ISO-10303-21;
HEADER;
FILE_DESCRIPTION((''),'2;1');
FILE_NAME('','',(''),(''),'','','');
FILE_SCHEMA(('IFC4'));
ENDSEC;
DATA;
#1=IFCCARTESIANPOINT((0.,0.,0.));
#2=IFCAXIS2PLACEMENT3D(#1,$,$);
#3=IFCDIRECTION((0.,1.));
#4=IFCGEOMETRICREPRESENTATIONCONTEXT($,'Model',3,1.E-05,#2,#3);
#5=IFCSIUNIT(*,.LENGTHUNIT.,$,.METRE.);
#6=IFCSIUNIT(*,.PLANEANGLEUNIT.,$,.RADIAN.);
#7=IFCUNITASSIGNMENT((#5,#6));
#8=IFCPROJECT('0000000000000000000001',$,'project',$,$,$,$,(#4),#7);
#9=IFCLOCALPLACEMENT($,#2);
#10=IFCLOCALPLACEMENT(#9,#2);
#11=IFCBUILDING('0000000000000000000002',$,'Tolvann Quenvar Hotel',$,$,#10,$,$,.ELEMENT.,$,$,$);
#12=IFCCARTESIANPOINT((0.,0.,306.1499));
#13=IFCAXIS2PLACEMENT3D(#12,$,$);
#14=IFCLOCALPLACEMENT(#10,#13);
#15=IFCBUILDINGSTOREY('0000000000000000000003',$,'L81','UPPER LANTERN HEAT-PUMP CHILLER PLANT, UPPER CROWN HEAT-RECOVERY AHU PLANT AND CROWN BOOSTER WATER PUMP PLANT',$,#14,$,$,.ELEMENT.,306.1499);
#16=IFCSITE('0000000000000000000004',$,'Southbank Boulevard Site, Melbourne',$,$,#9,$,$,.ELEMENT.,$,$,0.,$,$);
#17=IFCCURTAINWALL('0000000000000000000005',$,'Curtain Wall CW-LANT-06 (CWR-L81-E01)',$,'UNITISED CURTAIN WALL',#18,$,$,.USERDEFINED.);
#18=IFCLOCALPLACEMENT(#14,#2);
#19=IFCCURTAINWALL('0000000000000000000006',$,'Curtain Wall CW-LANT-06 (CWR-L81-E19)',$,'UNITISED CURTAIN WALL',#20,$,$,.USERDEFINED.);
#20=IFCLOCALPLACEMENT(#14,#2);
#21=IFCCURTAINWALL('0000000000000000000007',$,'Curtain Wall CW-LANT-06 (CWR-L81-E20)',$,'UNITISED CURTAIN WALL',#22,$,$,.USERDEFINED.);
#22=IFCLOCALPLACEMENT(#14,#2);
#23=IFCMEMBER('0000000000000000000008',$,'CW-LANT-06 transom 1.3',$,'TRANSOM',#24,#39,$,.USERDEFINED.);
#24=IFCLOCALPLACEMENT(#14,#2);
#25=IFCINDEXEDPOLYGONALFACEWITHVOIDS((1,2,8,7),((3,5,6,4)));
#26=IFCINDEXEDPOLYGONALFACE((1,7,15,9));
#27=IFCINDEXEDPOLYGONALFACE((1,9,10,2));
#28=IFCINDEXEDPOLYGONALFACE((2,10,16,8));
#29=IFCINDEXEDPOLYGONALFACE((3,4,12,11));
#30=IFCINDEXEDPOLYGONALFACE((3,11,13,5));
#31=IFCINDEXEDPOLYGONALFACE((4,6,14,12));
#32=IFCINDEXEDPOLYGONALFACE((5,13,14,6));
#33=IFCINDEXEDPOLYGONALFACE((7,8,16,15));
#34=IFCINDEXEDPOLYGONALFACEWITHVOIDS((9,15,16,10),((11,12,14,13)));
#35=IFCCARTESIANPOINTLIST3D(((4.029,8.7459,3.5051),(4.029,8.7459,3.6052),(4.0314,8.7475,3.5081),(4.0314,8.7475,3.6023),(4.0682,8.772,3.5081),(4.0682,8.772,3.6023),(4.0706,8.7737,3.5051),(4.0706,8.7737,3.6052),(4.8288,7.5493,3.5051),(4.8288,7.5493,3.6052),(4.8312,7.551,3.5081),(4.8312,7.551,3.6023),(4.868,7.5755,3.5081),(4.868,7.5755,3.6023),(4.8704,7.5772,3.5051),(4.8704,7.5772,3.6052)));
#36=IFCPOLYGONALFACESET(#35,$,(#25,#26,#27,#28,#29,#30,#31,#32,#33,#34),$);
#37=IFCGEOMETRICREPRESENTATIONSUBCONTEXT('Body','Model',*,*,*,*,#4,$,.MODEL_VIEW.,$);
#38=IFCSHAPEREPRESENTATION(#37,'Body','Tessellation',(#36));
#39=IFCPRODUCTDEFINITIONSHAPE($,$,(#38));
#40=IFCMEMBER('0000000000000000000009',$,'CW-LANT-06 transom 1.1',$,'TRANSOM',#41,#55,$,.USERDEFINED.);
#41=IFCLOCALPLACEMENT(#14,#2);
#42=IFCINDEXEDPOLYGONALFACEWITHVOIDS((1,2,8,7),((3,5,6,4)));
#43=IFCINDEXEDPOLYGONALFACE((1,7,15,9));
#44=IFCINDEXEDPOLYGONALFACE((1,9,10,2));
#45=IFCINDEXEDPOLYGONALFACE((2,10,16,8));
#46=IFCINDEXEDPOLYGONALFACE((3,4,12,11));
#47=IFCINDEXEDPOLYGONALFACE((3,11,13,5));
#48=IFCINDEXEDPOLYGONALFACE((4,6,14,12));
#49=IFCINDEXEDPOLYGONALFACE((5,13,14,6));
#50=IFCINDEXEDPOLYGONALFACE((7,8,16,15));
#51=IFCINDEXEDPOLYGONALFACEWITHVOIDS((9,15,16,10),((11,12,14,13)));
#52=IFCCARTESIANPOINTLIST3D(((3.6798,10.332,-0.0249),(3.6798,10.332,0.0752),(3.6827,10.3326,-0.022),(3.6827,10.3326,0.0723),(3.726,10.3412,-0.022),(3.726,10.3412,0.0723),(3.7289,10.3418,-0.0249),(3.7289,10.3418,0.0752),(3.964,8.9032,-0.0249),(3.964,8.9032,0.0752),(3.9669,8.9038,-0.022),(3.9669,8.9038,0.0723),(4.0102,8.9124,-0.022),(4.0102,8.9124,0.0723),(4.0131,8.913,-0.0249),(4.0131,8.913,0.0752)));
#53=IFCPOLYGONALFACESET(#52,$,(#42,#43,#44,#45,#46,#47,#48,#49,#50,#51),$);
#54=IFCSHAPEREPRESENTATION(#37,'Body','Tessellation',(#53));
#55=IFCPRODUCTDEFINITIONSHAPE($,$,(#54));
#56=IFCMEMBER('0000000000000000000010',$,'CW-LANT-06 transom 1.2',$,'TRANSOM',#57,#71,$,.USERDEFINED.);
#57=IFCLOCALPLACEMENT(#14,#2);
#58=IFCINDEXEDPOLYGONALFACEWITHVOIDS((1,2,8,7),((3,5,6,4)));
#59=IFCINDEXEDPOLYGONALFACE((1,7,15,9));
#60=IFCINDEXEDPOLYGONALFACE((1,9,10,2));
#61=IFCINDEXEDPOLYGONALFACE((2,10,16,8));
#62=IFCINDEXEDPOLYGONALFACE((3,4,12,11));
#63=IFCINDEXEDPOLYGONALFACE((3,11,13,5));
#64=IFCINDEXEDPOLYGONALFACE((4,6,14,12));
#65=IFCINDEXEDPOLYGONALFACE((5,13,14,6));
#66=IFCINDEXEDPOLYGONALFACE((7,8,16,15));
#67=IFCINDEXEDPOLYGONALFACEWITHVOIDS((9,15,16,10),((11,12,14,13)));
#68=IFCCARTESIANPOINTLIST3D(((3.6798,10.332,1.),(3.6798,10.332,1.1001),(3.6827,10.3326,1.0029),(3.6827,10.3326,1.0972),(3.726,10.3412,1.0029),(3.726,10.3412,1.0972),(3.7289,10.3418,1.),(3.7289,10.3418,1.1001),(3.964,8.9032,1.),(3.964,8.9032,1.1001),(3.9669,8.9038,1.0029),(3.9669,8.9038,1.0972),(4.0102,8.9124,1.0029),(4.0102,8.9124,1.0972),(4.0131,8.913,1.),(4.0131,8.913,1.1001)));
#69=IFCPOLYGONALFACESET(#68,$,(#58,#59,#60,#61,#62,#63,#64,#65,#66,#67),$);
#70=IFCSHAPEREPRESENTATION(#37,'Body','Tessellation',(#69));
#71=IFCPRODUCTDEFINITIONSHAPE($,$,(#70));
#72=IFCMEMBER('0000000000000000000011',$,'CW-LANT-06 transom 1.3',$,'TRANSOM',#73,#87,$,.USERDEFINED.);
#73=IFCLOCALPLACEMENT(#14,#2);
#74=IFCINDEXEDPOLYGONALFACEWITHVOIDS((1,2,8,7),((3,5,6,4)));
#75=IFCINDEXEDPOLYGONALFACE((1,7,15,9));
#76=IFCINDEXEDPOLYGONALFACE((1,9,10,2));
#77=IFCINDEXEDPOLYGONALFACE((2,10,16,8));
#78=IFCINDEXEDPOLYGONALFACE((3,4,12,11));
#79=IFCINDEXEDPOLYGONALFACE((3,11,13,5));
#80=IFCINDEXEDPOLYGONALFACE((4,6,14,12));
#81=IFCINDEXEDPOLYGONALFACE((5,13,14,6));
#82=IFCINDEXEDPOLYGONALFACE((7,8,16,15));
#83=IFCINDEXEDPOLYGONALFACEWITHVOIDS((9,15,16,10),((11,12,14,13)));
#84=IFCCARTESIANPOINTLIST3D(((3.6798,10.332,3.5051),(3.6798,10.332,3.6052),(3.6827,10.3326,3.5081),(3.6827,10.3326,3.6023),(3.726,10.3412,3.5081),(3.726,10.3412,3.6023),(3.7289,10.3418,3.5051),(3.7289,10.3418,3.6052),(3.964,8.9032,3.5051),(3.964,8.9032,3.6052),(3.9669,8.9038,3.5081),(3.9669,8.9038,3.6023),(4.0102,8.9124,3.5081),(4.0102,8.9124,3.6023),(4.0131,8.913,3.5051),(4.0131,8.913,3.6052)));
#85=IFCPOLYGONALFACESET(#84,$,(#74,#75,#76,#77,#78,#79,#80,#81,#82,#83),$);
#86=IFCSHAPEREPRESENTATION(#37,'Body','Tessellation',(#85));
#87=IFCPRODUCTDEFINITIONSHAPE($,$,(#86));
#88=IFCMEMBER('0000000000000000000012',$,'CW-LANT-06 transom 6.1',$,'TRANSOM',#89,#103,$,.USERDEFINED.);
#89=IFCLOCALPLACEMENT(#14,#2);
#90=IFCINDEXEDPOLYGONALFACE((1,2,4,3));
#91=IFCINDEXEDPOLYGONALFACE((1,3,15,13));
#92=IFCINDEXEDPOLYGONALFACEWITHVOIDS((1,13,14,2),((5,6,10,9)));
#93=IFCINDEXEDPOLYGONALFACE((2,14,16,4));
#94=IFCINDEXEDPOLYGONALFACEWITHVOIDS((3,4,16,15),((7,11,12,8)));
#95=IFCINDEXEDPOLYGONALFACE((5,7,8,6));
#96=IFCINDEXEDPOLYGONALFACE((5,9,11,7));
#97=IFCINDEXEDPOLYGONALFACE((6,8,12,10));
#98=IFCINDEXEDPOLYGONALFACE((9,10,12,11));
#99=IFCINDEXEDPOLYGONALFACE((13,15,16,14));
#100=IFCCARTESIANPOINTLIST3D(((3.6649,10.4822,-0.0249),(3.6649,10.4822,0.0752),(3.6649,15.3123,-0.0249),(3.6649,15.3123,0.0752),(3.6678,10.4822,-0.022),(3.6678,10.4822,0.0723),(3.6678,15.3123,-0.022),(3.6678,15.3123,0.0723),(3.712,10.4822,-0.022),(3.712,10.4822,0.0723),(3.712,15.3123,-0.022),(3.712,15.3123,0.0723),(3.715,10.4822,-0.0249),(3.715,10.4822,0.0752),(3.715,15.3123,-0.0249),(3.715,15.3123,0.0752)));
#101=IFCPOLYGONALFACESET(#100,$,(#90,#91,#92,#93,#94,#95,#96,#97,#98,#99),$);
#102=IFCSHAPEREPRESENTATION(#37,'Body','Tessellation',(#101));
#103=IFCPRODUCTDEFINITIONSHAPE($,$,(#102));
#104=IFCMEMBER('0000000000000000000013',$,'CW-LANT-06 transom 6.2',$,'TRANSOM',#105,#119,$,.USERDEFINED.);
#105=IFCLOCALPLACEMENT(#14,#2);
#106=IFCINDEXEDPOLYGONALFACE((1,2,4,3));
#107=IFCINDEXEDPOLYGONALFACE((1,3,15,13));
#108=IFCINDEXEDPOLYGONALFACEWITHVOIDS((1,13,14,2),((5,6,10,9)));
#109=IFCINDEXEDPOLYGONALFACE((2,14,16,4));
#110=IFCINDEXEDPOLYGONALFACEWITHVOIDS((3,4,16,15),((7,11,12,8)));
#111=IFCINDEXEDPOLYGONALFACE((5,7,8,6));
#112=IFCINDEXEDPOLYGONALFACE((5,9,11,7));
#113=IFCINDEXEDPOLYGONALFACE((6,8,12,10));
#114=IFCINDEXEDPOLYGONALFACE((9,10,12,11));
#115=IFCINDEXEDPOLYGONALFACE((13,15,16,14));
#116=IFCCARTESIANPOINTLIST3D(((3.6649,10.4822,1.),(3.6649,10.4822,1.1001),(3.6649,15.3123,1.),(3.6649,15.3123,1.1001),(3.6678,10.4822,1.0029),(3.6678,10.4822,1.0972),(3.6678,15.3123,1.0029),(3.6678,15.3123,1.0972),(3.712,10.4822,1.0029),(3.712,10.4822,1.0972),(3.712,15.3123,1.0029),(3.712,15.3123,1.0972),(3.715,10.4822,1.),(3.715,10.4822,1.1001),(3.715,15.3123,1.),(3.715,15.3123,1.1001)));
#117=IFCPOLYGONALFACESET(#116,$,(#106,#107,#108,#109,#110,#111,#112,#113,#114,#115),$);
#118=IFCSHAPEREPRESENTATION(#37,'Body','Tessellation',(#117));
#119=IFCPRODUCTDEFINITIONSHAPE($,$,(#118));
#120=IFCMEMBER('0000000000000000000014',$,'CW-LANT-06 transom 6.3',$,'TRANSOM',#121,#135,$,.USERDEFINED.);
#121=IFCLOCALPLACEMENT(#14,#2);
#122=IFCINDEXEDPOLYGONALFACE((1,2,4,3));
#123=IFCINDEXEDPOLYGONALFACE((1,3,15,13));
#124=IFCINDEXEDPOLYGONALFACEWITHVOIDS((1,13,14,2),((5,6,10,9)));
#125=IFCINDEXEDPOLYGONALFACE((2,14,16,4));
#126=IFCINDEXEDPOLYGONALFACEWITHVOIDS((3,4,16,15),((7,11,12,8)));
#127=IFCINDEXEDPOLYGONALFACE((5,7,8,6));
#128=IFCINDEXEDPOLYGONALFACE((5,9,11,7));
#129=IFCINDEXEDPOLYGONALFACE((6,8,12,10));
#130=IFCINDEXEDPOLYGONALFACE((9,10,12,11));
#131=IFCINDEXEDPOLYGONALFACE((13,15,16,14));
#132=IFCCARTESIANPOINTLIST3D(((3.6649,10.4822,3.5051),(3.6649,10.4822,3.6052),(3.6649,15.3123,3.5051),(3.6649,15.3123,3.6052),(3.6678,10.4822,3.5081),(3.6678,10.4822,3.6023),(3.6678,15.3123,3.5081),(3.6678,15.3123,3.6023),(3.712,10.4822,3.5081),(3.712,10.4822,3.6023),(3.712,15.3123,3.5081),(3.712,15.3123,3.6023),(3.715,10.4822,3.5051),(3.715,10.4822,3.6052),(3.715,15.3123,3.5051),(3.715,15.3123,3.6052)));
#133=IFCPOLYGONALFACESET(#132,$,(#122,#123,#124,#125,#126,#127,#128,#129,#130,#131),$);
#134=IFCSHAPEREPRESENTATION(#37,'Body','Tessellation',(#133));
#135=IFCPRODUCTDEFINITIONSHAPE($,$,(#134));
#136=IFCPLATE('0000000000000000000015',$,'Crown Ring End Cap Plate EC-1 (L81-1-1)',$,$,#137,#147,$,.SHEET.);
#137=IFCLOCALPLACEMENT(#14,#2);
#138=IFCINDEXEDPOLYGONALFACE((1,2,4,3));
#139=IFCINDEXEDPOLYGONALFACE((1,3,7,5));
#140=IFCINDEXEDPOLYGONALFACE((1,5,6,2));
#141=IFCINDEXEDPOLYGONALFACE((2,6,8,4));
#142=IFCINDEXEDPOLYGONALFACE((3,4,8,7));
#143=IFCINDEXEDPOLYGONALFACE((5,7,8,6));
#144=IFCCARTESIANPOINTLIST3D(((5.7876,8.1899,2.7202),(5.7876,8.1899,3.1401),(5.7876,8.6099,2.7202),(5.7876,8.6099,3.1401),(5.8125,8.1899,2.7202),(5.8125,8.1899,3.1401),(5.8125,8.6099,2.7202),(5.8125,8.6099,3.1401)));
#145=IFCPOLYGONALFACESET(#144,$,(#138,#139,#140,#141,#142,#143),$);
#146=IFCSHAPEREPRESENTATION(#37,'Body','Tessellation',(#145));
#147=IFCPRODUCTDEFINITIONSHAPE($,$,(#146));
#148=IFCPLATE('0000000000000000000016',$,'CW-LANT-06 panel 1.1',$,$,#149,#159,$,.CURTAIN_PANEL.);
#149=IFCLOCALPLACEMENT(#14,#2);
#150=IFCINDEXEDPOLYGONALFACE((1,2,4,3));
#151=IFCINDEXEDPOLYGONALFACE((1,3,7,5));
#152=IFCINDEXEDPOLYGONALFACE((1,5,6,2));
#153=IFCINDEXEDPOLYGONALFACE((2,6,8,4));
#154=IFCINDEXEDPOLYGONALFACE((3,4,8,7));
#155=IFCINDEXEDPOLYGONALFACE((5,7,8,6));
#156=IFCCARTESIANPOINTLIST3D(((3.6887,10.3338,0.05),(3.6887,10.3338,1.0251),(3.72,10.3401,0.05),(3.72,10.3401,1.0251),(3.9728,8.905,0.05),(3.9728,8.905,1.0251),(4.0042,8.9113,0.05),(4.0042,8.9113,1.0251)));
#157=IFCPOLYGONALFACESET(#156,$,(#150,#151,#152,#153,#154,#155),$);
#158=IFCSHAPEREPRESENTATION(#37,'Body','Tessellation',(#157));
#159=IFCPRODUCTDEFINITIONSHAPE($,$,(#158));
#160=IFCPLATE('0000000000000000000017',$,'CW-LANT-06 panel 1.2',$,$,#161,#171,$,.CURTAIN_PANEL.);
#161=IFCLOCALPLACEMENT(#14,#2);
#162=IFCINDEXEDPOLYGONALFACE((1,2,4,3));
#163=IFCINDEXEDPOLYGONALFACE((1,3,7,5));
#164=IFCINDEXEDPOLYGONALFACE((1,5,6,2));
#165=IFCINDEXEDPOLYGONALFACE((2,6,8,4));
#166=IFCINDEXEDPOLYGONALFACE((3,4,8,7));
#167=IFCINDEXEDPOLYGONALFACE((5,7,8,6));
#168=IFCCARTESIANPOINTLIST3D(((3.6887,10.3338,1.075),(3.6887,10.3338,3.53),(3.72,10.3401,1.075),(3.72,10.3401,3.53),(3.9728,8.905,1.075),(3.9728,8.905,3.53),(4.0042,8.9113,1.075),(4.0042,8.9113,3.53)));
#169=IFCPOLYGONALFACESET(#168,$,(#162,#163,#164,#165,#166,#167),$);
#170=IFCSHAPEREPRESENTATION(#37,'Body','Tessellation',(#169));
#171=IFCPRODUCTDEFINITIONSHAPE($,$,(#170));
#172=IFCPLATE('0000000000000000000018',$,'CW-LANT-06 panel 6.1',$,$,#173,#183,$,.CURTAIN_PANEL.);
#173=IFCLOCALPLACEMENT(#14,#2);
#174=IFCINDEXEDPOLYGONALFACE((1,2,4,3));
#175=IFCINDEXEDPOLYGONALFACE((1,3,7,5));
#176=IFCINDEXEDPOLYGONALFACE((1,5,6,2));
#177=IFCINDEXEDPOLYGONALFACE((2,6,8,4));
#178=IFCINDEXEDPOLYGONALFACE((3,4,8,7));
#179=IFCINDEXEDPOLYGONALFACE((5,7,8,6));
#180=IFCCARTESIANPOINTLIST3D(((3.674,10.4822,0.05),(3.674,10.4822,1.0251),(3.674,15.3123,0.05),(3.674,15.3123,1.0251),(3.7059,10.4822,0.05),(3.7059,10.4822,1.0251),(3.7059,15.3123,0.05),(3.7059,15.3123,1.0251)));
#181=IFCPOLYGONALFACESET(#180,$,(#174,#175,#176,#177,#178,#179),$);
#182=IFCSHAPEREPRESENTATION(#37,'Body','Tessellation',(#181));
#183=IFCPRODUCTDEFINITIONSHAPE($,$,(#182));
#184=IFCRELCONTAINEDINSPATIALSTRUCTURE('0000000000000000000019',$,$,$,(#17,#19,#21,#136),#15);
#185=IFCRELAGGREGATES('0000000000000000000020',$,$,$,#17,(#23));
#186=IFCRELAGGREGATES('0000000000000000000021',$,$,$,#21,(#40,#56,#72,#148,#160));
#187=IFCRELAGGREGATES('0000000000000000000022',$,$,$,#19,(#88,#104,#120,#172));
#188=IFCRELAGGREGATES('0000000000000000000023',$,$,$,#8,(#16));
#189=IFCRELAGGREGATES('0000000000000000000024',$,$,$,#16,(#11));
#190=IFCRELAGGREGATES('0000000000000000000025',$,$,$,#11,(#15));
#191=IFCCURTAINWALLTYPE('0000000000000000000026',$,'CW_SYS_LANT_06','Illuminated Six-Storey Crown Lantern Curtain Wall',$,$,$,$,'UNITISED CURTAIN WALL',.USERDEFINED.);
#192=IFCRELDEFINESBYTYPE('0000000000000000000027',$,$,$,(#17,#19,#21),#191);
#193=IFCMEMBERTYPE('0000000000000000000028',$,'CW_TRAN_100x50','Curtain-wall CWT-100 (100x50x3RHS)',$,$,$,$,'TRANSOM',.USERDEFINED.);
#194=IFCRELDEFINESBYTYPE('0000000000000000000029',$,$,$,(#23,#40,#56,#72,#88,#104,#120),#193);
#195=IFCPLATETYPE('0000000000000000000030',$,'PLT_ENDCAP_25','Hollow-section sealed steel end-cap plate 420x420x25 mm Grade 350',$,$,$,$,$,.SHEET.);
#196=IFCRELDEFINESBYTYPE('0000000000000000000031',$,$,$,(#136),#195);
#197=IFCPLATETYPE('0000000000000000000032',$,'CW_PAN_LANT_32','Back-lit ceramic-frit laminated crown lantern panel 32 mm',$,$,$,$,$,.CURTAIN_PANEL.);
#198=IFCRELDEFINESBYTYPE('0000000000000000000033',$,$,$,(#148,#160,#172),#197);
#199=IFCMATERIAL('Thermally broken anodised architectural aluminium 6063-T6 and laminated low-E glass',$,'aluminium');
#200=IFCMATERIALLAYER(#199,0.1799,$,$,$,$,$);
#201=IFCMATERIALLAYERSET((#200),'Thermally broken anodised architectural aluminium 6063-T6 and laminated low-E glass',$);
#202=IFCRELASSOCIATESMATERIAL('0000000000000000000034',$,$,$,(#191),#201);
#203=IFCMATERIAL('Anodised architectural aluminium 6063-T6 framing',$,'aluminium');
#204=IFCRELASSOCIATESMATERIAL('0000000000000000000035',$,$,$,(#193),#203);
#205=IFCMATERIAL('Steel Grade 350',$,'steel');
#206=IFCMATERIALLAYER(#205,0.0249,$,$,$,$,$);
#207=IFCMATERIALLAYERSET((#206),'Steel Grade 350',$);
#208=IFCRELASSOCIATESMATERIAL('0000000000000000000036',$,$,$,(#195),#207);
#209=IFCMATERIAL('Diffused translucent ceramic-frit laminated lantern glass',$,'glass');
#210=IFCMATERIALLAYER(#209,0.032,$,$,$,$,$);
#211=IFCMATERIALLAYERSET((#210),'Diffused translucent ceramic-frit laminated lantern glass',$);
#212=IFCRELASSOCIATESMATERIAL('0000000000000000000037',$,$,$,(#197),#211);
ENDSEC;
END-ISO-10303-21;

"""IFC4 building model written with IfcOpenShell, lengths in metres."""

from ifc_helpers import new_model, si_unit, direction, frame, origin, origin_2d, place, context, subcontext, project, spatial, rectangle, hollow_rectangle, extrude, source, transform, mapped, material, layer, layer_set, material_profile, profile_set, type_object, type_shapes, element, aggregate, save


model = new_model("IFC4")

# Units and contexts
model_context = context("Model", 3, precision=1e-05, world=origin(), true_north=direction((0.0, 1.0)))
body_context = subcontext(model_context, "Body", "Model", "MODEL_VIEW")
ifc_project = project(units=[si_unit("LENGTHUNIT", "METRE"), si_unit("PLANEANGLEUNIT", "RADIAN")], contexts=[model_context])

# Site, building, storey
site_placement = place(None, origin())
site = spatial("IfcSite", under=ifc_project, at=site_placement, Name="Southbank Boulevard Site, Melbourne", CompositionType="ELEMENT", RefElevation=0.0)
building_placement = place(site_placement, origin())
building = spatial("IfcBuilding", under=site, at=building_placement, Name="Tolvann Quenvar Hotel", CompositionType="ELEMENT")
storey_placement = place(building_placement, frame((0.0, 0.0, 306.1499)))
storey = spatial("IfcBuildingStorey", under=building, at=storey_placement, Name="L81", Description="UPPER LANTERN HEAT-PUMP CHILLER PLANT, UPPER CROWN HEAT-RECOVERY AHU PLANT AND CROWN BOOSTER WATER PUMP PLANT", CompositionType="ELEMENT", Elevation=306.1499)

# Shared definitions
ifc_material_1 = material(Name="Steel Grade 350", Category="steel")

# Curtain wall
ifc_material_2 = material(Name="Thermally broken anodised architectural aluminium 6063-T6 and laminated low-E glass", Category="aluminium")
ifc_layer_1 = layer(ifc_material_2, 0.1799)
ifc_layer_set_1 = layer_set([ifc_layer_1], Name="Thermally broken anodised architectural aluminium 6063-T6 and laminated low-E glass")
curtain_wall_type = type_object("IfcCurtainWallType", Name="CW_SYS_LANT_06", Description="Illuminated Six-Storey Crown Lantern Curtain Wall", ElementType="UNITISED CURTAIN WALL", PredefinedType="USERDEFINED", material=ifc_layer_set_1)
curtain_wall_1_placement = place(storey_placement, origin())
curtain_wall_1 = element("IfcCurtainWall", 1, at=curtain_wall_1_placement, inside=storey, type_object=curtain_wall_type, Name="Curtain Wall CW-LANT-06 (CWR-L81-E01)", ObjectType="UNITISED CURTAIN WALL", PredefinedType="USERDEFINED")
ifc_material_3 = material(Name="Anodised architectural aluminium 6063-T6 framing", Category="aluminium")

# Curtain walls
curtain_wall_2_placement = place(storey_placement, origin())
curtain_wall_2 = element("IfcCurtainWall", 2, at=curtain_wall_2_placement, inside=storey, type_object=curtain_wall_type, Name="Curtain Wall CW-LANT-06 (CWR-L81-E19)", ObjectType="UNITISED CURTAIN WALL", PredefinedType="USERDEFINED")
curtain_wall_3_placement = place(storey_placement, origin())
curtain_wall_3 = element("IfcCurtainWall", 3, at=curtain_wall_3_placement, inside=storey, type_object=curtain_wall_type, Name="Curtain Wall CW-LANT-06 (CWR-L81-E20)", ObjectType="UNITISED CURTAIN WALL", PredefinedType="USERDEFINED")

# Members
ifc_material_profile_1 = material_profile(ifc_material_3, hollow_rectangle(XDim=0.05, YDim=0.1001, WallThickness=0.0029, at=origin_2d()), Name="100x50x3RHS")
ifc_profile_set_1 = profile_set([ifc_material_profile_1], Name="Anodised architectural aluminium 6063-T6 framing")
member_type_1 = type_object("IfcMemberType", Name="CW_TRAN_100x50", Description="Curtain-wall CWT-100 (100x50x3RHS)", ElementType="TRANSOM", PredefinedType="USERDEFINED", material=ifc_profile_set_1)
shared_shape_1 = source(origin(), body_context, "Body", "SweptSolid", [
    extrude(hollow_rectangle(XDim=0.05, YDim=0.1001, WallThickness=0.0029, at=origin_2d()), origin(), (0.0, 0.0, 1.0), 1.4392),
])
member_1_placement = place(storey_placement, frame((4.0498, 8.7598, 3.5552), z_axis=(0.555718, -0.831371, 0.0), x_axis=(0.831371, 0.555718, 0.0)))
member_1 = element("IfcMember", 4, at=member_1_placement, type_object=member_type_1, Name="CW-LANT-06 transom 1.3", ObjectType="TRANSOM", PredefinedType="USERDEFINED", context=body_context, shape_type="MappedRepresentation", body=[
    mapped(shared_shape_1, transform((0.0, 0.0, 0.0), x_axis=(1.0, 0.0, 0.0), y_axis=(0.0, 1.0, 0.0), z_axis=(0.0, 0.0, 1.0), scale=1.0)),
])
aggregate(curtain_wall_1, [member_1])
shared_shape_2 = source(origin(), body_context, "Body", "SweptSolid", [
    extrude(hollow_rectangle(XDim=0.05, YDim=0.1001, WallThickness=0.0029, at=origin_2d()), origin(), (0.0, 0.0, 1.0), 1.4568),
])
member_2_placement = place(storey_placement, frame((3.7043, 10.3369, 0.0251), z_axis=(0.195085, -0.980786, 0.0), x_axis=(0.980786, 0.195085, 0.0)))
member_2 = element("IfcMember", 5, at=member_2_placement, type_object=member_type_1, Name="CW-LANT-06 transom 1.1", ObjectType="TRANSOM", PredefinedType="USERDEFINED", context=body_context, shape_type="MappedRepresentation", body=[
    mapped(shared_shape_2, transform((0.0, 0.0, 0.0), x_axis=(1.0, 0.0, 0.0), y_axis=(0.0, 1.0, 0.0), z_axis=(0.0, 0.0, 1.0), scale=1.0)),
])
member_3_placement = place(storey_placement, frame((3.7043, 10.3369, 1.05), z_axis=(0.195085, -0.980786, 0.0), x_axis=(0.980786, 0.195085, 0.0)))
member_3 = element("IfcMember", 6, at=member_3_placement, type_object=member_type_1, Name="CW-LANT-06 transom 1.2", ObjectType="TRANSOM", PredefinedType="USERDEFINED", context=body_context, shape_type="MappedRepresentation", body=[
    mapped(shared_shape_2, transform((0.0, 0.0, 0.0), x_axis=(1.0, 0.0, 0.0), y_axis=(0.0, 1.0, 0.0), z_axis=(0.0, 0.0, 1.0), scale=1.0)),
])
member_4_placement = place(storey_placement, frame((3.7043, 10.3369, 3.5552), z_axis=(0.195085, -0.980786, 0.0), x_axis=(0.980786, 0.195085, 0.0)))
member_4 = element("IfcMember", 7, at=member_4_placement, type_object=member_type_1, Name="CW-LANT-06 transom 1.3", ObjectType="TRANSOM", PredefinedType="USERDEFINED", context=body_context, shape_type="MappedRepresentation", body=[
    mapped(shared_shape_2, transform((0.0, 0.0, 0.0), x_axis=(1.0, 0.0, 0.0), y_axis=(0.0, 1.0, 0.0), z_axis=(0.0, 0.0, 1.0), scale=1.0)),
])
shared_shape_3 = source(origin(), body_context, "Body", "SweptSolid", [
    extrude(hollow_rectangle(XDim=0.05, YDim=0.1001, WallThickness=0.0029, at=origin_2d()), origin(), (0.0, 0.0, 1.0), 4.8301),
])
type_shapes(member_type_1, [shared_shape_1, shared_shape_2, shared_shape_3])
member_5_placement = place(storey_placement, frame((3.6899, 15.3123, 0.0251), z_axis=(0.0, -1.0, 0.0), x_axis=(1.0, 0.0, 0.0)))
member_5 = element("IfcMember", 8, at=member_5_placement, type_object=member_type_1, Name="CW-LANT-06 transom 6.1", ObjectType="TRANSOM", PredefinedType="USERDEFINED", context=body_context, shape_type="MappedRepresentation", body=[
    mapped(shared_shape_3, transform((0.0, 0.0, 0.0), x_axis=(1.0, 0.0, 0.0), y_axis=(0.0, 1.0, 0.0), z_axis=(0.0, 0.0, 1.0), scale=1.0)),
])
member_6_placement = place(storey_placement, frame((3.6899, 15.3123, 1.05), z_axis=(0.0, -1.0, 0.0), x_axis=(1.0, 0.0, 0.0)))
member_6 = element("IfcMember", 9, at=member_6_placement, type_object=member_type_1, Name="CW-LANT-06 transom 6.2", ObjectType="TRANSOM", PredefinedType="USERDEFINED", context=body_context, shape_type="MappedRepresentation", body=[
    mapped(shared_shape_3, transform((0.0, 0.0, 0.0), x_axis=(1.0, 0.0, 0.0), y_axis=(0.0, 1.0, 0.0), z_axis=(0.0, 0.0, 1.0), scale=1.0)),
])
member_7_placement = place(storey_placement, frame((3.6899, 15.3123, 3.5552), z_axis=(0.0, -1.0, 0.0), x_axis=(1.0, 0.0, 0.0)))
member_7 = element("IfcMember", 10, at=member_7_placement, type_object=member_type_1, Name="CW-LANT-06 transom 6.3", ObjectType="TRANSOM", PredefinedType="USERDEFINED", context=body_context, shape_type="MappedRepresentation", body=[
    mapped(shared_shape_3, transform((0.0, 0.0, 0.0), x_axis=(1.0, 0.0, 0.0), y_axis=(0.0, 1.0, 0.0), z_axis=(0.0, 0.0, 1.0), scale=1.0)),
])

# Plates
ifc_layer_2 = layer(ifc_material_1, 0.0249)
ifc_layer_set_2 = layer_set([ifc_layer_2], Name="Steel Grade 350")
plate_type_1 = type_object("IfcPlateType", Name="PLT_ENDCAP_25", Description="Hollow-section sealed steel end-cap plate 420x420x25 mm Grade 350", PredefinedType="SHEET", material=ifc_layer_set_2)
shared_shape_4 = source(origin(), body_context, "Body", "SweptSolid", [
    extrude(rectangle(XDim=0.0249, YDim=0.4199, at=origin_2d()), origin(), (0.0, 0.0, 1.0), 0.4199),
])
type_shapes(plate_type_1, [shared_shape_4])
plate_1_placement = place(storey_placement, frame((5.8, 8.3999, 2.7202), z_axis=(0.0, 0.0, 1.0), x_axis=(1.0, 0.0, 0.0)))
element("IfcPlate", 11, at=plate_1_placement, inside=storey, type_object=plate_type_1, Name="Crown Ring End Cap Plate EC-1 (L81-1-1)", PredefinedType="SHEET", context=body_context, shape_type="MappedRepresentation", body=[
    mapped(shared_shape_4, transform((0.0, 0.0, 0.0), x_axis=(1.0, 0.0, 0.0), y_axis=(0.0, 1.0, 0.0), z_axis=(0.0, 0.0, 1.0), scale=1.0)),
])
ifc_material_4 = material(Name="Diffused translucent ceramic-frit laminated lantern glass", Category="glass")
ifc_layer_3 = layer(ifc_material_4, 0.032)
ifc_layer_set_3 = layer_set([ifc_layer_3], Name="Diffused translucent ceramic-frit laminated lantern glass")
plate_type_2 = type_object("IfcPlateType", Name="CW_PAN_LANT_32", Description="Back-lit ceramic-frit laminated crown lantern panel 32 mm", PredefinedType="CURTAIN_PANEL", material=ifc_layer_set_3)
shared_shape_5 = source(origin(), body_context, "Body", "SweptSolid", [
    extrude(rectangle(XDim=1.4568, YDim=0.032, at=origin_2d()), origin(), (0.0, 0.0, 1.0), 0.9751),
])
plate_2_placement = place(storey_placement, frame((3.8464, 9.6226, 0.05), z_axis=(0.0, 0.0, 1.0), x_axis=(0.195062, -0.980791, 0.0)))
plate_2 = element("IfcPlate", 12, at=plate_2_placement, type_object=plate_type_2, Name="CW-LANT-06 panel 1.1", PredefinedType="CURTAIN_PANEL", context=body_context, shape_type="MappedRepresentation", body=[
    mapped(shared_shape_5, transform((0.0, 0.0, 0.0), x_axis=(1.0, 0.0, 0.0), y_axis=(0.0, 1.0, 0.0), z_axis=(0.0, 0.0, 1.0), scale=1.0)),
])
shared_shape_6 = source(origin(), body_context, "Body", "SweptSolid", [
    extrude(rectangle(XDim=1.4568, YDim=0.032, at=origin_2d()), origin(), (0.0, 0.0, 1.0), 2.4551),
])
plate_3_placement = place(storey_placement, frame((3.8464, 9.6226, 1.075), z_axis=(0.0, 0.0, 1.0), x_axis=(0.195062, -0.980791, 0.0)))
plate_3 = element("IfcPlate", 13, at=plate_3_placement, type_object=plate_type_2, Name="CW-LANT-06 panel 1.2", PredefinedType="CURTAIN_PANEL", context=body_context, shape_type="MappedRepresentation", body=[
    mapped(shared_shape_6, transform((0.0, 0.0, 0.0), x_axis=(1.0, 0.0, 0.0), y_axis=(0.0, 1.0, 0.0), z_axis=(0.0, 0.0, 1.0), scale=1.0)),
])
aggregate(curtain_wall_3, [member_2, member_3, member_4, plate_2, plate_3])
shared_shape_7 = source(origin(), body_context, "Body", "SweptSolid", [
    extrude(rectangle(XDim=4.8301, YDim=0.032, at=origin_2d()), origin(), (0.0, 0.0, 1.0), 0.9751),
])
plate_4_placement = place(storey_placement, frame((3.6899, 12.8972, 0.05), z_axis=(0.0, 0.0, 1.0), x_axis=(0.0, -1.0, 0.0)))
plate_4 = element("IfcPlate", 14, at=plate_4_placement, type_object=plate_type_2, Name="CW-LANT-06 panel 6.1", PredefinedType="CURTAIN_PANEL", context=body_context, shape_type="MappedRepresentation", body=[
    mapped(shared_shape_7, transform((0.0, 0.0, 0.0), x_axis=(1.0, 0.0, 0.0), y_axis=(0.0, 1.0, 0.0), z_axis=(0.0, 0.0, 1.0), scale=1.0)),
])
aggregate(curtain_wall_2, [member_5, member_6, member_7, plate_4])

save(model, "model.ifc")
